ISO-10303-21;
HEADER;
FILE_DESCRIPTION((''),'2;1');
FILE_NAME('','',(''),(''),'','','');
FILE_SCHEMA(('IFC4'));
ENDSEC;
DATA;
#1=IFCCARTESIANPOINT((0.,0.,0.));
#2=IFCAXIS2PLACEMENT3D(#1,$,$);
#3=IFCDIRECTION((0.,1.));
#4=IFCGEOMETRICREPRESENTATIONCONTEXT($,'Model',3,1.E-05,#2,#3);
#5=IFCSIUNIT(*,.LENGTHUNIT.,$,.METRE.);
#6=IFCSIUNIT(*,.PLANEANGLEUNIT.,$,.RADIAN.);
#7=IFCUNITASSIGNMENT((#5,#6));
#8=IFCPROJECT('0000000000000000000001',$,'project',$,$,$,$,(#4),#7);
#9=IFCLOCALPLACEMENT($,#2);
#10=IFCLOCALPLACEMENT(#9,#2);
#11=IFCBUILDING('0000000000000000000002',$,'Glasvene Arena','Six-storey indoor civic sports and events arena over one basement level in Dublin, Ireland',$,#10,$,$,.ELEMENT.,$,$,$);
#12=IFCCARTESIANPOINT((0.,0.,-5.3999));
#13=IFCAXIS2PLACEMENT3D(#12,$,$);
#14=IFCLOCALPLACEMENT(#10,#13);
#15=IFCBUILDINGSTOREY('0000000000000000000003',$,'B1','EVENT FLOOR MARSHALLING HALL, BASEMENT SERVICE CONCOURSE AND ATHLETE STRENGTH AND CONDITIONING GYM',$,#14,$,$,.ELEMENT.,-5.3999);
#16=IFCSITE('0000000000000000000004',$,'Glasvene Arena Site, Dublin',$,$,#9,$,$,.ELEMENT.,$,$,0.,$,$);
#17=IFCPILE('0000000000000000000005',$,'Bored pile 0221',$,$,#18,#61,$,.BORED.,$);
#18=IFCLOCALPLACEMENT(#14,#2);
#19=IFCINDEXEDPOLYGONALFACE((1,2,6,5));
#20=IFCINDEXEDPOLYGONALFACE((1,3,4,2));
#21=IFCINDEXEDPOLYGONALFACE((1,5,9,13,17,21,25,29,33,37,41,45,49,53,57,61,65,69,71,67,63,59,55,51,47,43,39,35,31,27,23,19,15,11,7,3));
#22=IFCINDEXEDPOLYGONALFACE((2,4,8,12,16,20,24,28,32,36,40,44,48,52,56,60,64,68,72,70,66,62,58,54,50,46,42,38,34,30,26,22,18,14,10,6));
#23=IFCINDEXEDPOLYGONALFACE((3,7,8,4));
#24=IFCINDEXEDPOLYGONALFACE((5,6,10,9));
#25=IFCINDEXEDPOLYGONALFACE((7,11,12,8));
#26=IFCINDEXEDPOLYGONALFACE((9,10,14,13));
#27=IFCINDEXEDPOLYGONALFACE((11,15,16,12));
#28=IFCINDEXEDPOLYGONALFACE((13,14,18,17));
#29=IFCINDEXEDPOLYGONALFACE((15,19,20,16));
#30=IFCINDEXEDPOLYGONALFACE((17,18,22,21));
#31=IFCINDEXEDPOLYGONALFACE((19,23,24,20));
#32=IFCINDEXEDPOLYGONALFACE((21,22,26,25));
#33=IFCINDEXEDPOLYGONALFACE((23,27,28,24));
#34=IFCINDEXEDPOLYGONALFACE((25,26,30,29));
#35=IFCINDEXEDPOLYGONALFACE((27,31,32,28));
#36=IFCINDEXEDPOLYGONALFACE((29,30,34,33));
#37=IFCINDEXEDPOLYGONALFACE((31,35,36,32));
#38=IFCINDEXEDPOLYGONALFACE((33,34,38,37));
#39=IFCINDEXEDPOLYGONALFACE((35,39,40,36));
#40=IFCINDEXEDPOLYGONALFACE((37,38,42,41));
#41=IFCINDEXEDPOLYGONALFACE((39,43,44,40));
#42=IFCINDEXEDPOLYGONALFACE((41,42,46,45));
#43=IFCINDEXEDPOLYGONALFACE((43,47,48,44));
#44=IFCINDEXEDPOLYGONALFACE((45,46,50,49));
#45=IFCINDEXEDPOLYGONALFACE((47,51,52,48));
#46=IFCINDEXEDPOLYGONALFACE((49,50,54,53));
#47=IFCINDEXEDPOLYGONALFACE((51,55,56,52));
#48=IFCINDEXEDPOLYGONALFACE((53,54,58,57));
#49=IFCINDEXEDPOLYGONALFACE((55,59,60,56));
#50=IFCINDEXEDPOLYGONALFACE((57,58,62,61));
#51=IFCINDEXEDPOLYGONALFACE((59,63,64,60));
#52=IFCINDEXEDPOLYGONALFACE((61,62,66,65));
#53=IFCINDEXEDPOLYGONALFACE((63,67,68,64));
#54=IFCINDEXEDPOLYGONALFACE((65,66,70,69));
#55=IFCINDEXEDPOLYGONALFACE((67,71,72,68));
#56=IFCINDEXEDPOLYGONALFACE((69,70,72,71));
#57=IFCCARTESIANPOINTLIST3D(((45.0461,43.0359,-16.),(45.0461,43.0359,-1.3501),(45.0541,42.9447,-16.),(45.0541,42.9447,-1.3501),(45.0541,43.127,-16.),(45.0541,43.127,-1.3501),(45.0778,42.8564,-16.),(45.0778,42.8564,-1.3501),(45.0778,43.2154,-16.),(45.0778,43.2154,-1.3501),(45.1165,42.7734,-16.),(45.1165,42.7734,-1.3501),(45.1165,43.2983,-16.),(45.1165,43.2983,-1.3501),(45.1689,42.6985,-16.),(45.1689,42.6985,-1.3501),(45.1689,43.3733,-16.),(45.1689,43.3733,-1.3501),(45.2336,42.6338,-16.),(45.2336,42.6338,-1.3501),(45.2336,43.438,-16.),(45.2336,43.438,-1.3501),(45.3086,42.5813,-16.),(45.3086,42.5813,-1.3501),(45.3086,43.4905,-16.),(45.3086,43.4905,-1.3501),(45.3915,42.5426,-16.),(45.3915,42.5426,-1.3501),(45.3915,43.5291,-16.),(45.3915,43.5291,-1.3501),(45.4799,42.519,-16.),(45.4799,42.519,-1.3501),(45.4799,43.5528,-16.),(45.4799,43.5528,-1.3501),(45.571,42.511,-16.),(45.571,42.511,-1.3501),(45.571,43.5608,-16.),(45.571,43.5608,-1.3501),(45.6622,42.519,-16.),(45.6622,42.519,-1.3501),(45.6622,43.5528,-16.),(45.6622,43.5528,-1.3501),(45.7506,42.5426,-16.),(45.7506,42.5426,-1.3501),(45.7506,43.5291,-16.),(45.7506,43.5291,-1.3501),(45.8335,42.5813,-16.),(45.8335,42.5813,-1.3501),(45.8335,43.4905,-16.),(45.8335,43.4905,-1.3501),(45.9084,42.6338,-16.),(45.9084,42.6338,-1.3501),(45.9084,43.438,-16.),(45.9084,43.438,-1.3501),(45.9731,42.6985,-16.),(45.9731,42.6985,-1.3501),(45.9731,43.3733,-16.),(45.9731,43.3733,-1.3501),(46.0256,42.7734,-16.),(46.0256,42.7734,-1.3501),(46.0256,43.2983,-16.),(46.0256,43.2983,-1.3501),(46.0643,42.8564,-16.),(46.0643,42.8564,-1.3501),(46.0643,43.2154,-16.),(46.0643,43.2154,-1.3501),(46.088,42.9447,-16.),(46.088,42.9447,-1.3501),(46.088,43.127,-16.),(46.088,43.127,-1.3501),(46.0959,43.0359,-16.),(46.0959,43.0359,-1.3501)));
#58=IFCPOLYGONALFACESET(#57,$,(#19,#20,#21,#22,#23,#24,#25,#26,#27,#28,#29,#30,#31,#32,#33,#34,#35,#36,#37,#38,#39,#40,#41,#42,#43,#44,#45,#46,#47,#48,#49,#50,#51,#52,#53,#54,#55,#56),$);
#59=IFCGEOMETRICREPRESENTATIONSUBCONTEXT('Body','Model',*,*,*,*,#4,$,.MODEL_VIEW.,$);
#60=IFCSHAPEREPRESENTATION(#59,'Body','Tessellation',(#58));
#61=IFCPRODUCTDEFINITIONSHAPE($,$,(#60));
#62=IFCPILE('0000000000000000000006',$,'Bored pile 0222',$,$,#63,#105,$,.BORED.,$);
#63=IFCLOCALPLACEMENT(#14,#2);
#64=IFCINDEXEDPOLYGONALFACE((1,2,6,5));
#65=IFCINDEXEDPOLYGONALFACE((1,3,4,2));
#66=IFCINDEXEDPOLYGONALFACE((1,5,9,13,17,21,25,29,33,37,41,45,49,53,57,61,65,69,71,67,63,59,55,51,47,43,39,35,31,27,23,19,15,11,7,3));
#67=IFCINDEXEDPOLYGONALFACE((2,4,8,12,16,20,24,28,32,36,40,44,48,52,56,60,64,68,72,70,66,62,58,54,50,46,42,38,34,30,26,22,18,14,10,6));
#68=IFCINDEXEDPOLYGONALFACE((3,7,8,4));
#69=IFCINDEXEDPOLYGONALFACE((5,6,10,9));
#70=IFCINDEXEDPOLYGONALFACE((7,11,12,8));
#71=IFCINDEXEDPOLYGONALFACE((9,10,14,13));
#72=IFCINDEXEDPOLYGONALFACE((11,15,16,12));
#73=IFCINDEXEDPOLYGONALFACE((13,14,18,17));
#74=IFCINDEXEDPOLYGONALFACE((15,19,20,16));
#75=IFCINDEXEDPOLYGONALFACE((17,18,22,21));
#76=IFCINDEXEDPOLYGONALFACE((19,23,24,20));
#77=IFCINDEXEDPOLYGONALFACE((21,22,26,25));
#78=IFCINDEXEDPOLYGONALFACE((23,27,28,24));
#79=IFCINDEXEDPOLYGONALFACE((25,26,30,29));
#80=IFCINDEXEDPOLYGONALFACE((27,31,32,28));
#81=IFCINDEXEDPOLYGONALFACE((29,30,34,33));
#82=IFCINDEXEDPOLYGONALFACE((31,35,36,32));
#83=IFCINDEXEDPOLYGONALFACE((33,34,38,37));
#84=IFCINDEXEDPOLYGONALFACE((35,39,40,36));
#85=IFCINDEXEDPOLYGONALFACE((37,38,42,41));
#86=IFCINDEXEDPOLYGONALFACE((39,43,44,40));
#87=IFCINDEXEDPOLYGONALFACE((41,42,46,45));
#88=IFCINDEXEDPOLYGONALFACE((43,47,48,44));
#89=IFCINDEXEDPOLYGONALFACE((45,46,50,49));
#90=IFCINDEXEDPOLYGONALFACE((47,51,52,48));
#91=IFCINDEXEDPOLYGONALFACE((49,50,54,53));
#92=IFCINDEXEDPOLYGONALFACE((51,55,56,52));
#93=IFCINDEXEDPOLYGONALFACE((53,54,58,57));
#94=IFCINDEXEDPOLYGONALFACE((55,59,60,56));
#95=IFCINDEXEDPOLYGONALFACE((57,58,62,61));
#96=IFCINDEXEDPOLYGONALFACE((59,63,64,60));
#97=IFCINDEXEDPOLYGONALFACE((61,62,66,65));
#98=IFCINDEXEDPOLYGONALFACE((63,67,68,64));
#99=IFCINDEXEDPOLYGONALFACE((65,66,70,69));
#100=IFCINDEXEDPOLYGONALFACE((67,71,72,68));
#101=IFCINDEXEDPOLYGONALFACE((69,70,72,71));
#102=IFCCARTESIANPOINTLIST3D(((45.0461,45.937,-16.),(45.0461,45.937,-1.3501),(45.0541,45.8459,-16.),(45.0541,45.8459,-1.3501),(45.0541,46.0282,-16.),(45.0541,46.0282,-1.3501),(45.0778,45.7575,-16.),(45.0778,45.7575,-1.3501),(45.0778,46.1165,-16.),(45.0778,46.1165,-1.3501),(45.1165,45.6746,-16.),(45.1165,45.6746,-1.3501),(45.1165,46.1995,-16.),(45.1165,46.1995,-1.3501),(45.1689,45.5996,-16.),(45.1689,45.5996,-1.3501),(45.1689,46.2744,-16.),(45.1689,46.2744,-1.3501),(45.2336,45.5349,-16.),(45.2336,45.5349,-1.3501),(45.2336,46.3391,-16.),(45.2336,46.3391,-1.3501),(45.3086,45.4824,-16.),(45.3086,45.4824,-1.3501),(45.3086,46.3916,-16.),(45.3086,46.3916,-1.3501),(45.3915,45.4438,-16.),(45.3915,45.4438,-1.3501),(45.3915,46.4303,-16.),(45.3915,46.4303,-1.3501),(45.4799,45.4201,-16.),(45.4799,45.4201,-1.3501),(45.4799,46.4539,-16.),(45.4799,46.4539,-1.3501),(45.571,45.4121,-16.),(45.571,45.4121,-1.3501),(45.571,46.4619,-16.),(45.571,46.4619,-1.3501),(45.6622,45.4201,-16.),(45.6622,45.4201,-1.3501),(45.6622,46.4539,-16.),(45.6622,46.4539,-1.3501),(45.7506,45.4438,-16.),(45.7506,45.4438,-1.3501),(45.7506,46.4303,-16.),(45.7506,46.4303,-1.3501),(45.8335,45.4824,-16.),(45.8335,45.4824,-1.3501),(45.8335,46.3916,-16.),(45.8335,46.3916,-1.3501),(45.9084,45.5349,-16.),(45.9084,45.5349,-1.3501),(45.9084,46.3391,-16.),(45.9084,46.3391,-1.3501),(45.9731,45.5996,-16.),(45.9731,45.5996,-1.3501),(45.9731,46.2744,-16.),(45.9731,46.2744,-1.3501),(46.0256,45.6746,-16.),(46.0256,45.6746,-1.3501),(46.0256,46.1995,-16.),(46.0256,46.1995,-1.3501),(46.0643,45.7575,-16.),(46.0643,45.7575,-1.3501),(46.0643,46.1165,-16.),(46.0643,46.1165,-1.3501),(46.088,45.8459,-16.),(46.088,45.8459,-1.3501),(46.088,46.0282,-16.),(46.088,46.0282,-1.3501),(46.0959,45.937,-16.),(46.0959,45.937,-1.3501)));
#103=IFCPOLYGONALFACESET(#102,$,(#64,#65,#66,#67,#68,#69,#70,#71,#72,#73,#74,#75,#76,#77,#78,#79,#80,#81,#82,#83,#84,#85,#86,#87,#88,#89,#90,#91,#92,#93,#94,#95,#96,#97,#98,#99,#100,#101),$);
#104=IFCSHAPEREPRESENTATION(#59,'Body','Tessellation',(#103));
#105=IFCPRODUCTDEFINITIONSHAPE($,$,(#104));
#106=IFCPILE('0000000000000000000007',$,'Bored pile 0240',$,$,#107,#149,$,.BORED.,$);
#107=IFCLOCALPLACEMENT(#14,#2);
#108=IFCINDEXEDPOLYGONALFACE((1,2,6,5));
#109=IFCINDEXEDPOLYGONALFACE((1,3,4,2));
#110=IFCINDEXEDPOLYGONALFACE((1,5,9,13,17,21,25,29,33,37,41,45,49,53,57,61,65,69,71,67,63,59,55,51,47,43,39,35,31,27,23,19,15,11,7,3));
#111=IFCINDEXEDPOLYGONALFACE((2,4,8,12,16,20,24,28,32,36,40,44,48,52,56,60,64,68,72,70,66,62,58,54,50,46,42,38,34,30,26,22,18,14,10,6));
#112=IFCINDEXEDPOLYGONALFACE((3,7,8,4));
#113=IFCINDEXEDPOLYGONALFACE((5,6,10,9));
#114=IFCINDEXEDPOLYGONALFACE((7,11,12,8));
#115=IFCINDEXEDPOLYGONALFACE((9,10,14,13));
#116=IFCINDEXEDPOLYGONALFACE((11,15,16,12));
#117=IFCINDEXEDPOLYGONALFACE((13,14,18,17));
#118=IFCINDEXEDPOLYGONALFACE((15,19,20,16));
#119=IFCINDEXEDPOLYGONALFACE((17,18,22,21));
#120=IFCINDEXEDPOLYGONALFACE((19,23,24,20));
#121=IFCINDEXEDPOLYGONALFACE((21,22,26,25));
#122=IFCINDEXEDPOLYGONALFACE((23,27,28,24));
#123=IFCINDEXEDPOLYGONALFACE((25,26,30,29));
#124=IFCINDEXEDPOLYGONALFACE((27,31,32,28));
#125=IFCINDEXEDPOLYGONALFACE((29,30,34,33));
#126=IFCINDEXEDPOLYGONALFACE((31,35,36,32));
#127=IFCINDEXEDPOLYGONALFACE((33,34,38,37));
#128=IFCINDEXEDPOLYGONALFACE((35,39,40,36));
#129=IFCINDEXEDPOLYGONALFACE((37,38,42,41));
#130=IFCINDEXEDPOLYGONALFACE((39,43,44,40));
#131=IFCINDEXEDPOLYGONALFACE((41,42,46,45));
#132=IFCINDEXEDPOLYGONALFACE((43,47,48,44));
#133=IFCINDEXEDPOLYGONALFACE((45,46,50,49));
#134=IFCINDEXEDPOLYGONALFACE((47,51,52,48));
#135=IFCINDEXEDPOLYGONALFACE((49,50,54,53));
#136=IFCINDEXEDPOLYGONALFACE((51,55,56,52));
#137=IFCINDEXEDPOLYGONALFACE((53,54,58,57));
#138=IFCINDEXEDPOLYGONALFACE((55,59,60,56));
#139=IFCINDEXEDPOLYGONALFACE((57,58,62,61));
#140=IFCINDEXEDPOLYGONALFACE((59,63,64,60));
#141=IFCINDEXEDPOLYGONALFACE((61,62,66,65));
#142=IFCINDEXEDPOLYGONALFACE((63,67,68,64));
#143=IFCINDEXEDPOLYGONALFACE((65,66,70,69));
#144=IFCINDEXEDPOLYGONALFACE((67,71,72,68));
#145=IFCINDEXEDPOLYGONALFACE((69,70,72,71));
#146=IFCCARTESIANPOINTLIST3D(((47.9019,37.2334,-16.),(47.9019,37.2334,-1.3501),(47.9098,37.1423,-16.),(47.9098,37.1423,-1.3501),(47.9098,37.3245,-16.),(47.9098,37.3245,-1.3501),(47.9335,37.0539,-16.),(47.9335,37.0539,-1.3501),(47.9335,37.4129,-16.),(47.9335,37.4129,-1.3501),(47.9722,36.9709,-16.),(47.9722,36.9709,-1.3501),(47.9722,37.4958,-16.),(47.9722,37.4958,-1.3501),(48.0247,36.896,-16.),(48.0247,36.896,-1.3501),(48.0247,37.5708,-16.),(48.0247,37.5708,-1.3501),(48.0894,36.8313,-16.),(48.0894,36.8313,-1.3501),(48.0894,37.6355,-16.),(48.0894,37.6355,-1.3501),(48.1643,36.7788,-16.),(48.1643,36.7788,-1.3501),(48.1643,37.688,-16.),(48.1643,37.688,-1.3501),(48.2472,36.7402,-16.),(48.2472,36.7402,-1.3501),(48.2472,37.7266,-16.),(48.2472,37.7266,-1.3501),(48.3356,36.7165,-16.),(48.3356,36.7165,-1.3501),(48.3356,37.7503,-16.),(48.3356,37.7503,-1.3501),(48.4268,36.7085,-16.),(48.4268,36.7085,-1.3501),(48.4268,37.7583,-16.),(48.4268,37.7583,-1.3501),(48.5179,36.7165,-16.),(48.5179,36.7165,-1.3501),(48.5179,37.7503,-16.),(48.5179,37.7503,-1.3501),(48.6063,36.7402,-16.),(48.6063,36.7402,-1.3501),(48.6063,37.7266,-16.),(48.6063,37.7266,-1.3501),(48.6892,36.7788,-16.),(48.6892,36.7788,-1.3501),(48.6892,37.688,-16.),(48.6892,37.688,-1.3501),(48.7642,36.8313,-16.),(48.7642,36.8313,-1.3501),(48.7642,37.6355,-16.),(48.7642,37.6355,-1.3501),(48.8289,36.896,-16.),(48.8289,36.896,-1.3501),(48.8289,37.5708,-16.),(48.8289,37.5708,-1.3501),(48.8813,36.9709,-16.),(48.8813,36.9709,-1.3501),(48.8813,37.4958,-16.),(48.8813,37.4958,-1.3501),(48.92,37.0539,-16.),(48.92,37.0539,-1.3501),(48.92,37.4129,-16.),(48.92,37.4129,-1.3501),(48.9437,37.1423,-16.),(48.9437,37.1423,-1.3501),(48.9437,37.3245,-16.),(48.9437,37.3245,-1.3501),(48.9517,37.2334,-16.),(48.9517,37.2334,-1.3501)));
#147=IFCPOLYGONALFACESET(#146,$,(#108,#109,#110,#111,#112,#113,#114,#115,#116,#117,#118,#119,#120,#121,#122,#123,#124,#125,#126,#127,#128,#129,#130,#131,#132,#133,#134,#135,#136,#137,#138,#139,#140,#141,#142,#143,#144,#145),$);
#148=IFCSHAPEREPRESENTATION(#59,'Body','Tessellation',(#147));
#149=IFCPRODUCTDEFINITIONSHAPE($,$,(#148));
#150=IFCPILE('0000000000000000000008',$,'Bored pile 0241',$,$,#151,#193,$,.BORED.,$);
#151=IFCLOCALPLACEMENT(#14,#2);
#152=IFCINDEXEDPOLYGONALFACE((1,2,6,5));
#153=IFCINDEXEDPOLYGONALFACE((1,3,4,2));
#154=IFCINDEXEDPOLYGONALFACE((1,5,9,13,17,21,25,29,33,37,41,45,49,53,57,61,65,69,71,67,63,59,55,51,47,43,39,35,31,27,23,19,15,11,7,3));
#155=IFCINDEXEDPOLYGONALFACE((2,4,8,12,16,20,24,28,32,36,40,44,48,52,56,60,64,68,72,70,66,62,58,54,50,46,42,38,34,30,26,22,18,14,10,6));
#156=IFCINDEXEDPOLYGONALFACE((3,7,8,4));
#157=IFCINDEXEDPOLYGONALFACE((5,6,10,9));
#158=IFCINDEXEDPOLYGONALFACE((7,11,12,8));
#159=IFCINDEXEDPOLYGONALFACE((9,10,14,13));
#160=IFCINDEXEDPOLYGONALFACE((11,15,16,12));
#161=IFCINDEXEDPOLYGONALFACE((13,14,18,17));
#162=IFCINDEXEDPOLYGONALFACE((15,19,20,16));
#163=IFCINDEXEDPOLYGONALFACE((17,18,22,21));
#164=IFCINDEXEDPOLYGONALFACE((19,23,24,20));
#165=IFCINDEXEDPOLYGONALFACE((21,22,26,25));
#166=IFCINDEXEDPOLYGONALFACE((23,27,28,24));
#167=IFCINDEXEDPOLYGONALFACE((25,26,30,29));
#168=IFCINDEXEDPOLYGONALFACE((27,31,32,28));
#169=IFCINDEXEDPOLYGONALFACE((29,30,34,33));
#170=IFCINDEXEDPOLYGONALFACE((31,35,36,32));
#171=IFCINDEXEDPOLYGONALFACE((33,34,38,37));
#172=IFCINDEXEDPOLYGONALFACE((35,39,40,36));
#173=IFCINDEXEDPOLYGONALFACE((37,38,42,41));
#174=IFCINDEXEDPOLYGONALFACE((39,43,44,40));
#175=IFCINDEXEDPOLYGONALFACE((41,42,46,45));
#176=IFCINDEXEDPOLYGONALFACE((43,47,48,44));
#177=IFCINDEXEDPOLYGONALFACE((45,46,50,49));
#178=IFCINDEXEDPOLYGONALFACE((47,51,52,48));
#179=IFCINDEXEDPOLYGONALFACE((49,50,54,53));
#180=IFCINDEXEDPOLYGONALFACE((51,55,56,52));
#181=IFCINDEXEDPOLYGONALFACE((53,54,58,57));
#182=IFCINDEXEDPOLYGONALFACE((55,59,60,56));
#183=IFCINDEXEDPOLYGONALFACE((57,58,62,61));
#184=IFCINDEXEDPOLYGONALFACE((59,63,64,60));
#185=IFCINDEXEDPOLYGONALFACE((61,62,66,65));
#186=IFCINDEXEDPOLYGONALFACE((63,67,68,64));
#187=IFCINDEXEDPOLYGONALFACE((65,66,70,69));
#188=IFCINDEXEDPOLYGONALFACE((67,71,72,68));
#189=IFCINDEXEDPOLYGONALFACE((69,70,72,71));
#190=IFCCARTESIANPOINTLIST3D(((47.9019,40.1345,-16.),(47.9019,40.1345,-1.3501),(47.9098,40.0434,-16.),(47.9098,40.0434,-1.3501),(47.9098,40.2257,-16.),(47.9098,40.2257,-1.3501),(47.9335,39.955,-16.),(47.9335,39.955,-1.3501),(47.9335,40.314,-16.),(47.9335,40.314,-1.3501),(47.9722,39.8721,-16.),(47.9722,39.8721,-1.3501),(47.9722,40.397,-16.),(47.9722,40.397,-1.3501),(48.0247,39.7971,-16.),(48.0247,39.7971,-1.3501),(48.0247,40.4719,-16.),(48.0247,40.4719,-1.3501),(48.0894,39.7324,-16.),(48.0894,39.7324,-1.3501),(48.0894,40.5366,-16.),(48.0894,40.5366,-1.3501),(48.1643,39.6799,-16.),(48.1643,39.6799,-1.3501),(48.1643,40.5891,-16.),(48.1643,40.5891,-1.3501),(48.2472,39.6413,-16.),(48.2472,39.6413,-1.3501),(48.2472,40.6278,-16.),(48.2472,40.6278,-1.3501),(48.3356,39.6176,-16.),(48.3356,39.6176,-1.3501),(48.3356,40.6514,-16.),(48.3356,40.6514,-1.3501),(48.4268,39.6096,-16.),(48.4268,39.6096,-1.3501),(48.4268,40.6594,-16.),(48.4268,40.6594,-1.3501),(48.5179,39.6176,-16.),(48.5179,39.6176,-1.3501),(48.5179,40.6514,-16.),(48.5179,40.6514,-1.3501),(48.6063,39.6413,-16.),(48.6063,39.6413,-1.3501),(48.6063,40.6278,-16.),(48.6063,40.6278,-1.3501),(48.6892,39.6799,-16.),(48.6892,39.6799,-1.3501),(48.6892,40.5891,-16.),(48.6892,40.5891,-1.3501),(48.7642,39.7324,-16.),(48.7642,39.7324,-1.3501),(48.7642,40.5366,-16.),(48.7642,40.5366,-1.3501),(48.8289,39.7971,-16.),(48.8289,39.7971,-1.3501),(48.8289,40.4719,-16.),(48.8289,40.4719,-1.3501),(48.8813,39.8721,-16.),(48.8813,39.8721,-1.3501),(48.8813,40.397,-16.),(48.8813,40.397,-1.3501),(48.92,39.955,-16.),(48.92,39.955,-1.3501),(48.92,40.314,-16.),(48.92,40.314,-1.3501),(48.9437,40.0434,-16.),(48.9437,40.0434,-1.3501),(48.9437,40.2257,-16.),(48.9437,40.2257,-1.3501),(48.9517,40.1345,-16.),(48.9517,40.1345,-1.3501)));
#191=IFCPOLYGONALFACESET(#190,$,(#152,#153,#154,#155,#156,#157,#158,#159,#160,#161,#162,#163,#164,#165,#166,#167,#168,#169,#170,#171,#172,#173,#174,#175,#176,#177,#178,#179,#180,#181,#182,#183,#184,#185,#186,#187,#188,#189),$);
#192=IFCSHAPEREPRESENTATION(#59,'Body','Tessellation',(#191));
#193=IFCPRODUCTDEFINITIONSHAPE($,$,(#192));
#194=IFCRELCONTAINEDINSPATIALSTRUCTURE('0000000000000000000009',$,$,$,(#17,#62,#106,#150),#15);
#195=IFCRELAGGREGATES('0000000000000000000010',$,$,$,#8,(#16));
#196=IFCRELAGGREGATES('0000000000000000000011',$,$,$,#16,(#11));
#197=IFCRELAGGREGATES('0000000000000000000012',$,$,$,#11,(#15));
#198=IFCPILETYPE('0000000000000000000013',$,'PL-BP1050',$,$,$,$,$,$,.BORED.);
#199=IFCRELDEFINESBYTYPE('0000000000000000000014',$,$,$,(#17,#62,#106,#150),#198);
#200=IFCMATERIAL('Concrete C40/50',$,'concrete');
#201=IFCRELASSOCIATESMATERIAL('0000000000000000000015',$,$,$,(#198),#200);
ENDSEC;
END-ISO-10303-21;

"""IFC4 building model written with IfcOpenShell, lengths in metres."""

from ifc_helpers import new_model, si_unit, direction, frame, origin, origin_2d, place, context, subcontext, project, spatial, circle, extrude, material, material_profile, profile_set, type_object, element, save


model = new_model("IFC4")

# Units and contexts
model_context = context("Model", 3, precision=1e-05, world=origin(), true_north=direction((0.0, 1.0)))
body_context = subcontext(model_context, "Body", "Model", "MODEL_VIEW")
ifc_project = project(units=[si_unit("LENGTHUNIT", "METRE"), si_unit("PLANEANGLEUNIT", "RADIAN")], contexts=[model_context])

# Site, building, storey
site_placement = place(None, origin())
site = spatial("IfcSite", under=ifc_project, at=site_placement, Name="Glasvene Arena Site, Dublin", CompositionType="ELEMENT", RefElevation=0.0)
building_placement = place(site_placement, origin())
building = spatial("IfcBuilding", under=site, at=building_placement, Name="Glasvene Arena", Description="Six-storey indoor civic sports and events arena over one basement level in Dublin, Ireland", CompositionType="ELEMENT")
storey_placement = place(building_placement, frame((0.0, 0.0, -5.3999)))
storey = spatial("IfcBuildingStorey", under=building, at=storey_placement, Name="B1", Description="EVENT FLOOR MARSHALLING HALL, BASEMENT SERVICE CONCOURSE AND ATHLETE STRENGTH AND CONDITIONING GYM", CompositionType="ELEMENT", Elevation=-5.3999)

# Piles
ifc_material_1 = material(Name="Concrete C40/50", Category="concrete")
ifc_material_profile_1 = material_profile(ifc_material_1, circle(Radius=0.5249, at=origin_2d()), Name="BORED PILE 1050")
ifc_profile_set_1 = profile_set([ifc_material_profile_1], Name="Concrete C40/50")
pile_type = type_object("IfcPileType", Name="PL-BP1050", PredefinedType="BORED", material=ifc_profile_set_1)
for number, where, z_axis, x_axis, name in (
    (1, (45.571, 43.0359, -1.3501), (0.0, 0.0, -1.0), (1.0, 0.0, 0.0), "Bored pile 0221"),
    (2, (45.571, 45.937, -1.3501), (0.0, 0.0, -1.0), (1.0, 0.0, 0.0), "Bored pile 0222"),
    (3, (48.4268, 37.2334, -1.3501), (0.0, 0.0, -1.0), (1.0, 0.0, 0.0), "Bored pile 0240"),
    (4, (48.4268, 40.1345, -1.3501), (0.0, 0.0, -1.0), (1.0, 0.0, 0.0), "Bored pile 0241"),
):
    element("IfcPile", number, at=place(storey_placement, frame(where, z_axis=z_axis, x_axis=x_axis)), inside=storey, type_object=pile_type, Name=name, PredefinedType="BORED", context=body_context, shape_type="SweptSolid", body=[
        extrude(circle(Radius=0.5249, at=origin_2d()), origin(), (0.0, 0.0, 1.0), 14.6499),
    ])

save(model, "model.ifc")
